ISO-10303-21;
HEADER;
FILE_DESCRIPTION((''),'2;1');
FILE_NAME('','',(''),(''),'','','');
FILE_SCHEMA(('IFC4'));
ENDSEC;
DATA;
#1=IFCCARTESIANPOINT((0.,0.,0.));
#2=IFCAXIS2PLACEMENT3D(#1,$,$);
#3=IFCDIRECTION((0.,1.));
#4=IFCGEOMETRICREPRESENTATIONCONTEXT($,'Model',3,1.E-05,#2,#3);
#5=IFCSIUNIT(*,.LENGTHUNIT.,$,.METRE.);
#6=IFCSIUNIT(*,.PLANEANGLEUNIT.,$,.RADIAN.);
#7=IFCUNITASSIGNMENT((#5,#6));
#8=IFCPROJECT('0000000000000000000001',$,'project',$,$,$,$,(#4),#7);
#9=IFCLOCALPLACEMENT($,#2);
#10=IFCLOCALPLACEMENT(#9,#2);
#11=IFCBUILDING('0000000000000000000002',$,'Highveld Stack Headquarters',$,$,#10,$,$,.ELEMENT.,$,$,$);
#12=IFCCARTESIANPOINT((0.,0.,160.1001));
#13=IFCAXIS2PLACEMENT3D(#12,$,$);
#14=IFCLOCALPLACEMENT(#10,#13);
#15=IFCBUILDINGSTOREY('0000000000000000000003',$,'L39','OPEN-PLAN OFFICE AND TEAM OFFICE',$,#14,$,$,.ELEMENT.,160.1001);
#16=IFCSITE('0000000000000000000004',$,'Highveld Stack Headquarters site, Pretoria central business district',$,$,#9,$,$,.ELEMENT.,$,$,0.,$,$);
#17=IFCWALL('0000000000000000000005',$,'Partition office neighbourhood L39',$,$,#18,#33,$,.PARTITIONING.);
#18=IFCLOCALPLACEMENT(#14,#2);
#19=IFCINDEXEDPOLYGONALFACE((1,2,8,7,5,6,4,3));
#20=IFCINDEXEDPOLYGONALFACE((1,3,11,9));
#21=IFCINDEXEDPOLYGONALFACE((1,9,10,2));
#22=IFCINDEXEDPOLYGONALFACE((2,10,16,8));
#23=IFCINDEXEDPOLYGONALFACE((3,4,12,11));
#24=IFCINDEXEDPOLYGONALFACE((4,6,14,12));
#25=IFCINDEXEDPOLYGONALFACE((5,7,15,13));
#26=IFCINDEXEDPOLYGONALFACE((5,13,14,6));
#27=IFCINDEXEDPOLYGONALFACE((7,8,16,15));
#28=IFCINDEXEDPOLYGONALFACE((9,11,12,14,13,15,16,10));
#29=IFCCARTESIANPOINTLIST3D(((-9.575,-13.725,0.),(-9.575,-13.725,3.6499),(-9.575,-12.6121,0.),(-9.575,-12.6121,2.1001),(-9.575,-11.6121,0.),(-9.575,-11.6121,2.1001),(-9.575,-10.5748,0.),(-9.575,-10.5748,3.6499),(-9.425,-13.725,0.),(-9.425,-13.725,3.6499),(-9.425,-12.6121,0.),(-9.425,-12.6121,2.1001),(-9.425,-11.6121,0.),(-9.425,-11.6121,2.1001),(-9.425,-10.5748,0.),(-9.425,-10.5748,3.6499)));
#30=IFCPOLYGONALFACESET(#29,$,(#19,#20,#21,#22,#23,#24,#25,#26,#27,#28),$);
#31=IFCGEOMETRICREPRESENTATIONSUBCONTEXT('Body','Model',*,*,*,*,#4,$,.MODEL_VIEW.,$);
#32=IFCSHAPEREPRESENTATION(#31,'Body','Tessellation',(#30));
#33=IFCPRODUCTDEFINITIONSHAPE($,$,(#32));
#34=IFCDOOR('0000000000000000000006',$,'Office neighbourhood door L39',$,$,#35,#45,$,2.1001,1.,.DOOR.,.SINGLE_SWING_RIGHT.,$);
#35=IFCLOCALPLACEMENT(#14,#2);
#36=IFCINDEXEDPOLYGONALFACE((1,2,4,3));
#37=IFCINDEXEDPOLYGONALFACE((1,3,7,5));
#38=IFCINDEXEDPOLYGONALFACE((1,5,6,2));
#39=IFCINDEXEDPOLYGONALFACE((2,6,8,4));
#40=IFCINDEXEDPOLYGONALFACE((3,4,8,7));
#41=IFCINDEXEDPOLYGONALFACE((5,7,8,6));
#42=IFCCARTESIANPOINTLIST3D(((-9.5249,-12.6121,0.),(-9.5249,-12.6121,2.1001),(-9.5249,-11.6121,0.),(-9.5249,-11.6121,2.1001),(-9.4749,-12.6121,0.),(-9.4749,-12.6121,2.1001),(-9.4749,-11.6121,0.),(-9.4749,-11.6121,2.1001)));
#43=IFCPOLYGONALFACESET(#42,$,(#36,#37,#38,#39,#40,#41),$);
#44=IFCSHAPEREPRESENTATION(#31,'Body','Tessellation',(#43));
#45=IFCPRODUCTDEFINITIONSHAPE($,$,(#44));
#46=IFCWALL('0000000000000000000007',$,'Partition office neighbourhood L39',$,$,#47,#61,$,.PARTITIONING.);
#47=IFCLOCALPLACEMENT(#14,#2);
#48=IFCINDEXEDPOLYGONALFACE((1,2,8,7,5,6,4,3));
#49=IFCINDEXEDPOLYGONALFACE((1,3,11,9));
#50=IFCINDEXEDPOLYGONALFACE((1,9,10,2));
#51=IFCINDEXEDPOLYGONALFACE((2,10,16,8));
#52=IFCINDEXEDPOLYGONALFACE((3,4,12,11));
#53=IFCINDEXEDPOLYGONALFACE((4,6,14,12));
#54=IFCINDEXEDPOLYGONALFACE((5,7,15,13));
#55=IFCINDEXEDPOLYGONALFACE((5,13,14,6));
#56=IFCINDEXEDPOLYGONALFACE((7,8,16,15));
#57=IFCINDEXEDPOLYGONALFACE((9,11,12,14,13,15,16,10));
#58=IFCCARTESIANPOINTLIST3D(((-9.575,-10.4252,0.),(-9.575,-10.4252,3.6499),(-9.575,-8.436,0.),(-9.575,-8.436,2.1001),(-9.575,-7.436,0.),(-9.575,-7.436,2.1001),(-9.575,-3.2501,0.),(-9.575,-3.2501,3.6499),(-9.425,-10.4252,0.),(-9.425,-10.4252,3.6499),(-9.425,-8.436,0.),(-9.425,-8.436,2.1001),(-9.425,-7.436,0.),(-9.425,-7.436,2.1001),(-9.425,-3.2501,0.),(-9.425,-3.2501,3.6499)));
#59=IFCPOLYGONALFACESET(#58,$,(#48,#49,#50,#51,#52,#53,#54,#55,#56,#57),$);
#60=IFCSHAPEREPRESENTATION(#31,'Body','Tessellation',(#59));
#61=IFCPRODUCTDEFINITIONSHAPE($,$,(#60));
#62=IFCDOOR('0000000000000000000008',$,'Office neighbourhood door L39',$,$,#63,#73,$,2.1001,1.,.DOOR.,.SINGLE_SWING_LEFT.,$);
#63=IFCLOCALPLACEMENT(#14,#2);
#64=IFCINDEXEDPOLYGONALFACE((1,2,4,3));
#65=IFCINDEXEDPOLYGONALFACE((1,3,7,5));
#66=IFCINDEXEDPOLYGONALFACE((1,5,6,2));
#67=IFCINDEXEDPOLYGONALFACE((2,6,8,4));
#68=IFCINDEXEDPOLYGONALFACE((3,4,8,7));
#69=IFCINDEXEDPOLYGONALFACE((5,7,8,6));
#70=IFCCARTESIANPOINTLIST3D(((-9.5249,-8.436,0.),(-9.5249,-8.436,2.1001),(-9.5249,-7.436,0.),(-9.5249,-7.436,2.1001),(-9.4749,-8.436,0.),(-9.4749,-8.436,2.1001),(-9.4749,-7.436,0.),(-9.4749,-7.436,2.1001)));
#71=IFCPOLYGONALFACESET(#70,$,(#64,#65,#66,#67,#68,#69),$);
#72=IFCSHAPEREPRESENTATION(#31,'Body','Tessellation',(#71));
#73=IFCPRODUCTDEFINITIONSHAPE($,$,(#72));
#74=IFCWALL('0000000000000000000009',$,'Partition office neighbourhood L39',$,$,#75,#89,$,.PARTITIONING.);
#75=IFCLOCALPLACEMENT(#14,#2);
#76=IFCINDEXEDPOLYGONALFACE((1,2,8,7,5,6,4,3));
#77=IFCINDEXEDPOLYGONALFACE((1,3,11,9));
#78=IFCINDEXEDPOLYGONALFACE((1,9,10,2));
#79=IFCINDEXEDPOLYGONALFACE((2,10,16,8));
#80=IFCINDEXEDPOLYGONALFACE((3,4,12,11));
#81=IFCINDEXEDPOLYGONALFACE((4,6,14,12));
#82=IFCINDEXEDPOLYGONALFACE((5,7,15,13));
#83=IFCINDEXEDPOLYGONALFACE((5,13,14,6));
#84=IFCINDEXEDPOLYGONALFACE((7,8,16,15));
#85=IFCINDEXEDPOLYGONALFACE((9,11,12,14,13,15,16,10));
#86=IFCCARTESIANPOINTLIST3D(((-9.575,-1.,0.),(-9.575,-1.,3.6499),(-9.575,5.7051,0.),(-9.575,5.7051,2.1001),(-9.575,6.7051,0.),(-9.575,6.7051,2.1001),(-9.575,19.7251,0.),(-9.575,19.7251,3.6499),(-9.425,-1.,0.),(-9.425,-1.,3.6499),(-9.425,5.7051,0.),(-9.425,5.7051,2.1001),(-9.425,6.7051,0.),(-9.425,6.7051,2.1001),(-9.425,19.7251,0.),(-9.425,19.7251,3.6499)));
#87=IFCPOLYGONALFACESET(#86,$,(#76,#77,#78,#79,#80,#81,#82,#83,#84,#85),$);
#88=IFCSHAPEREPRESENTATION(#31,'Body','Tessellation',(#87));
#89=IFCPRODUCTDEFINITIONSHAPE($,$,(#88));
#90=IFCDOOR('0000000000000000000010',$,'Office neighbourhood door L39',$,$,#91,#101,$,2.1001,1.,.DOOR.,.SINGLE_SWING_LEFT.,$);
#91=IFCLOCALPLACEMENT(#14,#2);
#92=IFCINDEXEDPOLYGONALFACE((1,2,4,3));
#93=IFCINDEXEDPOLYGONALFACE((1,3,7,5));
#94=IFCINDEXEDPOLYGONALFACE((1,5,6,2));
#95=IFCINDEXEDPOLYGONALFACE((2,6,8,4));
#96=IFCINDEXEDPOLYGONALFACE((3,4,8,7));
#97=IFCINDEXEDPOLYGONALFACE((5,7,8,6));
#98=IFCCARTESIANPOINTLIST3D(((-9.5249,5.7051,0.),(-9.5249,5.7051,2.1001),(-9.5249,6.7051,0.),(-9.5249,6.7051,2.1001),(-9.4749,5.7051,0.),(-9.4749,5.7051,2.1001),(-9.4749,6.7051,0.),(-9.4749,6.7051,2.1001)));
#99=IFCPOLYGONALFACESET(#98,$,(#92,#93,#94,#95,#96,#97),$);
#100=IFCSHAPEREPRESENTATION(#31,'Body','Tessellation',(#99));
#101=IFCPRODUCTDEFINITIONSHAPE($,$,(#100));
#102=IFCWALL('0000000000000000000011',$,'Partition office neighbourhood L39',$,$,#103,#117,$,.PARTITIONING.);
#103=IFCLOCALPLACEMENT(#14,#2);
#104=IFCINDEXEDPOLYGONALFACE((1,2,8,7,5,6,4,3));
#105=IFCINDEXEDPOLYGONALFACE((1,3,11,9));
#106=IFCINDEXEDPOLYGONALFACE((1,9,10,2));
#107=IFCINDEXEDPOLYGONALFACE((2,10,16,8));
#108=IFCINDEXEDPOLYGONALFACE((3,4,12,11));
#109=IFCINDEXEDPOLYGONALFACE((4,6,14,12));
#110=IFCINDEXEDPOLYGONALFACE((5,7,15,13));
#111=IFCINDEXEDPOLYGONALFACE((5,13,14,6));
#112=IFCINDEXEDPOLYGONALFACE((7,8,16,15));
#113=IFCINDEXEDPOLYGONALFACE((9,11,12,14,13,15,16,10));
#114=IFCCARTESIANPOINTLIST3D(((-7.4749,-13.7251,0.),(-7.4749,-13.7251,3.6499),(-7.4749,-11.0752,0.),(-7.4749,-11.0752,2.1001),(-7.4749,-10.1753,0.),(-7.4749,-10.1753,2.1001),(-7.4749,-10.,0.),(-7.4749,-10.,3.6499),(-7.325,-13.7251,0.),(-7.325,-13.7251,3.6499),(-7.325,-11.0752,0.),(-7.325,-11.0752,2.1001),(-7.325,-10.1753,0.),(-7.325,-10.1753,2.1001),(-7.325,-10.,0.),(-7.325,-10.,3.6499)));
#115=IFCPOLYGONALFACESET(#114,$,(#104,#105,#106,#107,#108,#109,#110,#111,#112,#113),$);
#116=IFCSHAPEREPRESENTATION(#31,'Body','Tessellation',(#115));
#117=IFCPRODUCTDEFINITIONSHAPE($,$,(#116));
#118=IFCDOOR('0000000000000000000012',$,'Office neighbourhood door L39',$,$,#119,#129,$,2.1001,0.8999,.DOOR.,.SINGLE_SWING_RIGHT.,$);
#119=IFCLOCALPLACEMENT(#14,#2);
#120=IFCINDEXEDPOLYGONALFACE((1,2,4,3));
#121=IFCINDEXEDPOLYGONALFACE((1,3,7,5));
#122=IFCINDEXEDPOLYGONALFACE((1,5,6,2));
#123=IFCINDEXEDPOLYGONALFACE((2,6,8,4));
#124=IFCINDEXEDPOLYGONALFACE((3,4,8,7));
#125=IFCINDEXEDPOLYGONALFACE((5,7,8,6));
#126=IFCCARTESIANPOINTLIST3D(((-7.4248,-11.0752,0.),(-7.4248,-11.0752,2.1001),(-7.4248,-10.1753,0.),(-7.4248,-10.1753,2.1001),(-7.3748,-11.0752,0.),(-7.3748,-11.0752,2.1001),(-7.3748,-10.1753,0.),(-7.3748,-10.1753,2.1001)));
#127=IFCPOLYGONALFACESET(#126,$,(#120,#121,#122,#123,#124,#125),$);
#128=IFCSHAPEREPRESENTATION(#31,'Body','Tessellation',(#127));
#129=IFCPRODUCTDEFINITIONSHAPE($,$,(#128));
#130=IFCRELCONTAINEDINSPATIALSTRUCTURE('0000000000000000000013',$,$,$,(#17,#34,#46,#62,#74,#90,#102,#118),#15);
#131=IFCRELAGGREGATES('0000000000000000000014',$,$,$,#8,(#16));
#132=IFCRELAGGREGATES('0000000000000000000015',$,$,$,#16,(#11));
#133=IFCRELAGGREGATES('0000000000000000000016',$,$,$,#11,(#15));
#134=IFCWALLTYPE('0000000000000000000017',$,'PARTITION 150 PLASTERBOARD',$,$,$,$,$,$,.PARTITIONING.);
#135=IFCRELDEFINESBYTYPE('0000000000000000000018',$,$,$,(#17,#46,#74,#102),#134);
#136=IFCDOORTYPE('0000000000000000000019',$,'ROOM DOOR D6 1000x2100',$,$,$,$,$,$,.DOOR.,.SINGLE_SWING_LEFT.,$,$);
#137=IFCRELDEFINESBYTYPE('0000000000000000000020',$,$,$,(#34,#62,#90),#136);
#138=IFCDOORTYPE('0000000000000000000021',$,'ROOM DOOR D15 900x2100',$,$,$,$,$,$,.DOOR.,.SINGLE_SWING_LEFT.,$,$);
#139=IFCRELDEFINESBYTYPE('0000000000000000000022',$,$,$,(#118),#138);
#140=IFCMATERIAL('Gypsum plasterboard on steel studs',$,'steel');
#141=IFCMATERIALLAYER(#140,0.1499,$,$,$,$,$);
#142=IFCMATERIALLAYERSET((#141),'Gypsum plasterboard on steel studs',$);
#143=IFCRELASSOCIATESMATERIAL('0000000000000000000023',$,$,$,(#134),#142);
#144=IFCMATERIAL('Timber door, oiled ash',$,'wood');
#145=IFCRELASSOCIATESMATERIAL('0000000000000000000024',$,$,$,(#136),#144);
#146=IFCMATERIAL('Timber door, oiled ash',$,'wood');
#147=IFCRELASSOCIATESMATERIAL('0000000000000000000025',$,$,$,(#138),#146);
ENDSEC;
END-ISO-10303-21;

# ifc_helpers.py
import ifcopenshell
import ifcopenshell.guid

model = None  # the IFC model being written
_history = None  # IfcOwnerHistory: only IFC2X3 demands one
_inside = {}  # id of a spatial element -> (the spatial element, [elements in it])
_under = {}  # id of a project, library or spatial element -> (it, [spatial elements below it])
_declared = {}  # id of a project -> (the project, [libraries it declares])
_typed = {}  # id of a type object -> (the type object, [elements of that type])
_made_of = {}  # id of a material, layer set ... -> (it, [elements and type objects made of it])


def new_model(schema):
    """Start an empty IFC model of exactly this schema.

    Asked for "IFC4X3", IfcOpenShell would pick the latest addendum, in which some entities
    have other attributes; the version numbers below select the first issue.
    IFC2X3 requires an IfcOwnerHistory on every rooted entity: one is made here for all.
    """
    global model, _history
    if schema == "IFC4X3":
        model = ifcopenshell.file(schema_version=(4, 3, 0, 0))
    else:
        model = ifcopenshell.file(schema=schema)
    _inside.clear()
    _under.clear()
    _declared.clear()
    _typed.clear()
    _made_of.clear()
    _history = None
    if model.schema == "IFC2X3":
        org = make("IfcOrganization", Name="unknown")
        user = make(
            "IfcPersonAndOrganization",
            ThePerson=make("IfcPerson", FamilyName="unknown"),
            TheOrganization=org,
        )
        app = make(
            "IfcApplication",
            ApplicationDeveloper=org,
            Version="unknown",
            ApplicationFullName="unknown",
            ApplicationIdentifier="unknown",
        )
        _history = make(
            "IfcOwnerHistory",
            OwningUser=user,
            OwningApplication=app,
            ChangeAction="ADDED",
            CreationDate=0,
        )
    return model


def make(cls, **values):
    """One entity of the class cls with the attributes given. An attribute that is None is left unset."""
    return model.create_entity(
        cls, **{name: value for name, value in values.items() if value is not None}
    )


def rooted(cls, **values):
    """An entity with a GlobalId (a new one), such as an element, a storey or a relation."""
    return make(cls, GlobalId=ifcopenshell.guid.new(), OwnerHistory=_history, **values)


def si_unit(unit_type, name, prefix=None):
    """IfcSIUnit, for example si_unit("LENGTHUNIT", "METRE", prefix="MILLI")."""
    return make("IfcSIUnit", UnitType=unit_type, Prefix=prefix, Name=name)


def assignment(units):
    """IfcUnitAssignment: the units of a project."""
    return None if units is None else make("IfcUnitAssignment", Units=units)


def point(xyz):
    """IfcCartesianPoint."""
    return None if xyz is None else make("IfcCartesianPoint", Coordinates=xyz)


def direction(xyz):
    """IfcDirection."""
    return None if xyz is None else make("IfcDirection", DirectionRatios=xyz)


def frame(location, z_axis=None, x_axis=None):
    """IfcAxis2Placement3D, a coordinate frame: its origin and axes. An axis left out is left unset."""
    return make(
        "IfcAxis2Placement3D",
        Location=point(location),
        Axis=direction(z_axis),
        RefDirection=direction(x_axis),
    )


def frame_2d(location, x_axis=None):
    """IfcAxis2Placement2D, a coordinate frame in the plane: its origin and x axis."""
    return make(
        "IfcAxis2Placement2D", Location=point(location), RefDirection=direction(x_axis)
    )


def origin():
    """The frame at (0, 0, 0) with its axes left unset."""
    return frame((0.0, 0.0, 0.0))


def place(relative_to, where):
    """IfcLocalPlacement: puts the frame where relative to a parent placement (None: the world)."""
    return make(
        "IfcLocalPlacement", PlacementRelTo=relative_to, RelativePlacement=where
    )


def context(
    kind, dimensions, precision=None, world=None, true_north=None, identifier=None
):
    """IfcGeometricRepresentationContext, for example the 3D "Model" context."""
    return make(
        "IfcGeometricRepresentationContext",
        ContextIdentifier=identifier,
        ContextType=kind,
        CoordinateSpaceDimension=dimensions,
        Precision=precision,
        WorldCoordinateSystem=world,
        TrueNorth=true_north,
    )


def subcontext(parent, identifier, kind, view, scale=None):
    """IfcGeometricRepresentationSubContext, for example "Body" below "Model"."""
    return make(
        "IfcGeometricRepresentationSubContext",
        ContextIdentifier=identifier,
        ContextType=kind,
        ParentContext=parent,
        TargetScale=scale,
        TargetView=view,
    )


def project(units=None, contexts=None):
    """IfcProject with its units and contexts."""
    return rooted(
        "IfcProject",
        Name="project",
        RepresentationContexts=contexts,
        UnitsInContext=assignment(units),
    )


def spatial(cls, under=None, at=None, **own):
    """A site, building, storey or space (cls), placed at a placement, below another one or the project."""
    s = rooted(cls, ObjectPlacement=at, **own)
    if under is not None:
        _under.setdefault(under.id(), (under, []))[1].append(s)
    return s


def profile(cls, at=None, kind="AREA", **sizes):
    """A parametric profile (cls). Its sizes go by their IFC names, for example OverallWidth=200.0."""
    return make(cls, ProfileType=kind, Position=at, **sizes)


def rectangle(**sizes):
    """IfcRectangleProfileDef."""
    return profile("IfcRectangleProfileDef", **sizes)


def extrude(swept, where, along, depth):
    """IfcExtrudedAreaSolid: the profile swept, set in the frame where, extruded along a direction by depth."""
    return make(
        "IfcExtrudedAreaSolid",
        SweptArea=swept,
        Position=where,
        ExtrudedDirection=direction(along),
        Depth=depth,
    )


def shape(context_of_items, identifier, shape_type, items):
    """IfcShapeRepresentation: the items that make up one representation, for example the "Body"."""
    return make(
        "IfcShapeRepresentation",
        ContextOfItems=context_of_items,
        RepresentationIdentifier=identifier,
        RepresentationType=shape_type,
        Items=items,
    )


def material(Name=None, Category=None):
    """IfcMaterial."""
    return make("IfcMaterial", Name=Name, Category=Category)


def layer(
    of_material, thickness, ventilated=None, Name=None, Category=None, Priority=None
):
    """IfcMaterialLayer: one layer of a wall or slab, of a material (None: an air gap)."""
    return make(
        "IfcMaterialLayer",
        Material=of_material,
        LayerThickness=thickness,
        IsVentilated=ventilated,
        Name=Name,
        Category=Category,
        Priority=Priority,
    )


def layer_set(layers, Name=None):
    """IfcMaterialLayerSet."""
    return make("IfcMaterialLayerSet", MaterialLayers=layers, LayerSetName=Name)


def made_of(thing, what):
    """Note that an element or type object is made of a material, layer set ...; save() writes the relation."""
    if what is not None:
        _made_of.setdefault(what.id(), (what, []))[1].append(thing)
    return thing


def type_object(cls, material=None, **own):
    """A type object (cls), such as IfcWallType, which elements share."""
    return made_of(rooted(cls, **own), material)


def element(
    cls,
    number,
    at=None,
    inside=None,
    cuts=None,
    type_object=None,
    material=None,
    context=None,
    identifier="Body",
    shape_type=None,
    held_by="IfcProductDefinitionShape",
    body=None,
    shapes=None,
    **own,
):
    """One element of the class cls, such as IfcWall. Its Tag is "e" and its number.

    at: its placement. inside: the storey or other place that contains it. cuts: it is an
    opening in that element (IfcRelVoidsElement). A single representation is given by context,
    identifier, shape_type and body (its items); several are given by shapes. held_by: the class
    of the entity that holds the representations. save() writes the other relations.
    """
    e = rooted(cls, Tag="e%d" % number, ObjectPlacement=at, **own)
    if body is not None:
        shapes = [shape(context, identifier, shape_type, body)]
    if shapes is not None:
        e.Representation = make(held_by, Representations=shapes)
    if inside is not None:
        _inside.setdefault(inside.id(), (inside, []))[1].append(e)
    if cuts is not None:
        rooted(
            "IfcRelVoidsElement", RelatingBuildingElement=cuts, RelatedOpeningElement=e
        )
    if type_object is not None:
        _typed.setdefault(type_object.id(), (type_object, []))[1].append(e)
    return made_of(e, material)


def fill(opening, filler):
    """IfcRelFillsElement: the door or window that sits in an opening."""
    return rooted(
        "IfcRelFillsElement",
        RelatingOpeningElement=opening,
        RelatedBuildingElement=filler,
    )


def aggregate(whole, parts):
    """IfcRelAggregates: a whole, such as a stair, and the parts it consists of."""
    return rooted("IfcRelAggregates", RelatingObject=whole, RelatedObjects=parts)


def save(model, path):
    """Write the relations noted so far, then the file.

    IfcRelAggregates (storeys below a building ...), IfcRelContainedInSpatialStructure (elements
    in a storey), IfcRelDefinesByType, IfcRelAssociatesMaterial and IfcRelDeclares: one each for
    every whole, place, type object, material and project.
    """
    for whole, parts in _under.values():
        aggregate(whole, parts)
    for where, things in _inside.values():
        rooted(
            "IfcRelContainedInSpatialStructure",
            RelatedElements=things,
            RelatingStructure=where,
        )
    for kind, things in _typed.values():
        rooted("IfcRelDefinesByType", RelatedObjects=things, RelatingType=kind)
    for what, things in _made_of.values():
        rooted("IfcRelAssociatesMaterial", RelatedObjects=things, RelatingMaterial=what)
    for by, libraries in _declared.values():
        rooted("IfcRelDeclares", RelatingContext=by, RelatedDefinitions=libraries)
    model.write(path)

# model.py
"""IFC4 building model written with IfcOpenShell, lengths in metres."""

from ifc_helpers import new_model, si_unit, direction, frame, frame_2d, origin, place, context, subcontext, project, spatial, rectangle, extrude, material, layer, layer_set, type_object, element, fill, save


model = new_model("IFC4")

# Units and contexts
model_context = context("Model", 3, precision=1e-05, world=origin(), true_north=direction((0.0, 1.0)))
body_context = subcontext(model_context, "Body", "Model", "MODEL_VIEW")
ifc_project = project(units=[si_unit("LENGTHUNIT", "METRE"), si_unit("PLANEANGLEUNIT", "RADIAN")], contexts=[model_context])

# Site, building, storey
site_placement = place(None, origin())
site = spatial("IfcSite", under=ifc_project, at=site_placement, Name="Highveld Stack Headquarters site, Pretoria central business district", CompositionType="ELEMENT", RefElevation=0.0)
building_placement = place(site_placement, origin())
building = spatial("IfcBuilding", under=site, at=building_placement, Name="Highveld Stack Headquarters", CompositionType="ELEMENT")
storey_placement = place(building_placement, frame((0.0, 0.0, 160.1001)))
storey = spatial("IfcBuildingStorey", under=building, at=storey_placement, Name="L39", Description="OPEN-PLAN OFFICE AND TEAM OFFICE", CompositionType="ELEMENT", Elevation=160.1001)

# Shared definitions
ifc_material_1 = material(Name="Gypsum plasterboard on steel studs", Category="steel")
ifc_layer_1 = layer(ifc_material_1, 0.1499)
ifc_layer_set_1 = layer_set([ifc_layer_1], Name="Gypsum plasterboard on steel studs")
wall_type_1 = type_object("IfcWallType", Name="PARTITION 150 PLASTERBOARD", PredefinedType="PARTITIONING", material=ifc_layer_set_1)
ifc_material_2 = material(Name="Timber door, oiled ash", Category="wood")
door_type_1 = type_object("IfcDoorType", Name="ROOM DOOR D6 1000x2100", OperationType="SINGLE_SWING_LEFT", PredefinedType="DOOR", material=ifc_material_2)

# Walls, openings, doors
wall_1_placement = place(storey_placement, frame((-9.5, -13.7251, 0.0), z_axis=(0.0, 0.0, 1.0), x_axis=(0.0, 1.0, 0.0)))
wall_1 = element("IfcWall", 1, at=wall_1_placement, inside=storey, type_object=wall_type_1, Name="Partition office neighbourhood L39", PredefinedType="PARTITIONING", context=body_context, shape_type="SweptSolid", body=[
    extrude(rectangle(XDim=3.1501, YDim=0.1499, at=frame_2d((1.5752, 0.0))), origin(), (0.0, 0.0, 1.0), 3.6499),
])
opening_1_placement = place(wall_1_placement, frame((1.113, 0.0, 0.0)))
opening_1 = element("IfcOpeningElement", 2, at=opening_1_placement, cuts=wall_1, PredefinedType="OPENING", context=body_context, shape_type="SweptSolid", body=[
    extrude(rectangle(XDim=1.0, YDim=2.1001, at=frame_2d((0.5, 1.05))), frame((0.0, 0.085, 0.0), z_axis=(0.0, -1.0, 0.0), x_axis=(1.0, 0.0, 0.0)), (0.0, 0.0, 1.0), 0.1699),
])
door_1_placement = place(opening_1_placement, origin())
door_1 = element("IfcDoor", 3, at=door_1_placement, inside=storey, type_object=door_type_1, Name="Office neighbourhood door L39", OperationType="SINGLE_SWING_RIGHT", OverallHeight=2.1001, OverallWidth=1.0, PredefinedType="DOOR", context=body_context, shape_type="SweptSolid", body=[
    extrude(rectangle(XDim=1.0, YDim=2.1001, at=frame_2d((0.5, 1.05))), frame((0.0, 0.0249, 0.0), z_axis=(0.0, -1.0, 0.0), x_axis=(1.0, 0.0, 0.0)), (0.0, 0.0, 1.0), 0.05),
])
fill(opening_1, door_1)
wall_2_placement = place(storey_placement, frame((-9.5, -10.425, 0.0), z_axis=(0.0, 0.0, 1.0), x_axis=(0.0, 1.0, 0.0)))
wall_2 = element("IfcWall", 4, at=wall_2_placement, inside=storey, type_object=wall_type_1, Name="Partition office neighbourhood L39", PredefinedType="PARTITIONING", context=body_context, shape_type="SweptSolid", body=[
    extrude(rectangle(XDim=7.175, YDim=0.1499, at=frame_2d((3.5874, 0.0))), origin(), (0.0, 0.0, 1.0), 3.6499),
])
opening_2_placement = place(wall_2_placement, frame((1.989, 0.0, 0.0)))
opening_2 = element("IfcOpeningElement", 5, at=opening_2_placement, cuts=wall_2, PredefinedType="OPENING", context=body_context, shape_type="SweptSolid", body=[
    extrude(rectangle(XDim=1.0, YDim=2.1001, at=frame_2d((0.5, 1.05))), frame((0.0, 0.085, 0.0), z_axis=(0.0, -1.0, 0.0), x_axis=(1.0, 0.0, 0.0)), (0.0, 0.0, 1.0), 0.1699),
])
door_2_placement = place(opening_2_placement, origin())
door_2 = element("IfcDoor", 6, at=door_2_placement, inside=storey, type_object=door_type_1, Name="Office neighbourhood door L39", OperationType="SINGLE_SWING_LEFT", OverallHeight=2.1001, OverallWidth=1.0, PredefinedType="DOOR", context=body_context, shape_type="SweptSolid", body=[
    extrude(rectangle(XDim=1.0, YDim=2.1001, at=frame_2d((0.5, 1.05))), frame((0.0, 0.0249, 0.0), z_axis=(0.0, -1.0, 0.0), x_axis=(1.0, 0.0, 0.0)), (0.0, 0.0, 1.0), 0.05),
])
fill(opening_2, door_2)
wall_3_placement = place(storey_placement, frame((-9.5, -1.0, 0.0), z_axis=(0.0, 0.0, 1.0), x_axis=(0.0, 1.0, 0.0)))
wall_3 = element("IfcWall", 7, at=wall_3_placement, inside=storey, type_object=wall_type_1, Name="Partition office neighbourhood L39", PredefinedType="PARTITIONING", context=body_context, shape_type="SweptSolid", body=[
    extrude(rectangle(XDim=20.7251, YDim=0.1499, at=frame_2d((10.3625, 0.0))), origin(), (0.0, 0.0, 1.0), 3.6499),
])
opening_3_placement = place(wall_3_placement, frame((6.7051, 0.0, 0.0)))
opening_3 = element("IfcOpeningElement", 8, at=opening_3_placement, cuts=wall_3, PredefinedType="OPENING", context=body_context, shape_type="SweptSolid", body=[
    extrude(rectangle(XDim=1.0, YDim=2.1001, at=frame_2d((0.5, 1.05))), frame((0.0, 0.085, 0.0), z_axis=(0.0, -1.0, 0.0), x_axis=(1.0, 0.0, 0.0)), (0.0, 0.0, 1.0), 0.1699),
])
door_3_placement = place(opening_3_placement, origin())
door_3 = element("IfcDoor", 9, at=door_3_placement, inside=storey, type_object=door_type_1, Name="Office neighbourhood door L39", OperationType="SINGLE_SWING_LEFT", OverallHeight=2.1001, OverallWidth=1.0, PredefinedType="DOOR", context=body_context, shape_type="SweptSolid", body=[
    extrude(rectangle(XDim=1.0, YDim=2.1001, at=frame_2d((0.5, 1.05))), frame((0.0, 0.0249, 0.0), z_axis=(0.0, -1.0, 0.0), x_axis=(1.0, 0.0, 0.0)), (0.0, 0.0, 1.0), 0.05),
])
fill(opening_3, door_3)
wall_4_placement = place(storey_placement, frame((-7.3999, -13.7251, 0.0), z_axis=(0.0, 0.0, 1.0), x_axis=(0.0, 1.0, 0.0)))
wall_4 = element("IfcWall", 10, at=wall_4_placement, inside=storey, type_object=wall_type_1, Name="Partition office neighbourhood L39", PredefinedType="PARTITIONING", context=body_context, shape_type="SweptSolid", body=[
    extrude(rectangle(XDim=3.7251, YDim=0.1499, at=frame_2d((1.8625, 0.0))), origin(), (0.0, 0.0, 1.0), 3.6499),
])
opening_4_placement = place(wall_4_placement, frame((2.6499, 0.0, 0.0)))
opening_4 = element("IfcOpeningElement", 11, at=opening_4_placement, cuts=wall_4, PredefinedType="OPENING", context=body_context, shape_type="SweptSolid", body=[
    extrude(rectangle(XDim=0.8999, YDim=2.1001, at=frame_2d((0.45, 1.05))), frame((0.0, 0.085, 0.0), z_axis=(0.0, -1.0, 0.0), x_axis=(1.0, 0.0, 0.0)), (0.0, 0.0, 1.0), 0.1699),
])
ifc_material_3 = material(Name="Timber door, oiled ash", Category="wood")
door_type_2 = type_object("IfcDoorType", Name="ROOM DOOR D15 900x2100", OperationType="SINGLE_SWING_LEFT", PredefinedType="DOOR", material=ifc_material_3)
door_4_placement = place(opening_4_placement, origin())
door_4 = element("IfcDoor", 12, at=door_4_placement, inside=storey, type_object=door_type_2, Name="Office neighbourhood door L39", OperationType="SINGLE_SWING_RIGHT", OverallHeight=2.1001, OverallWidth=0.8999, PredefinedType="DOOR", context=body_context, shape_type="SweptSolid", body=[
    extrude(rectangle(XDim=0.8999, YDim=2.1001, at=frame_2d((0.45, 1.05))), frame((0.0, 0.0249, 0.0), z_axis=(0.0, -1.0, 0.0), x_axis=(1.0, 0.0, 0.0)), (0.0, 0.0, 1.0), 0.05),
])
fill(opening_4, door_4)

save(model, "model.ifc")
